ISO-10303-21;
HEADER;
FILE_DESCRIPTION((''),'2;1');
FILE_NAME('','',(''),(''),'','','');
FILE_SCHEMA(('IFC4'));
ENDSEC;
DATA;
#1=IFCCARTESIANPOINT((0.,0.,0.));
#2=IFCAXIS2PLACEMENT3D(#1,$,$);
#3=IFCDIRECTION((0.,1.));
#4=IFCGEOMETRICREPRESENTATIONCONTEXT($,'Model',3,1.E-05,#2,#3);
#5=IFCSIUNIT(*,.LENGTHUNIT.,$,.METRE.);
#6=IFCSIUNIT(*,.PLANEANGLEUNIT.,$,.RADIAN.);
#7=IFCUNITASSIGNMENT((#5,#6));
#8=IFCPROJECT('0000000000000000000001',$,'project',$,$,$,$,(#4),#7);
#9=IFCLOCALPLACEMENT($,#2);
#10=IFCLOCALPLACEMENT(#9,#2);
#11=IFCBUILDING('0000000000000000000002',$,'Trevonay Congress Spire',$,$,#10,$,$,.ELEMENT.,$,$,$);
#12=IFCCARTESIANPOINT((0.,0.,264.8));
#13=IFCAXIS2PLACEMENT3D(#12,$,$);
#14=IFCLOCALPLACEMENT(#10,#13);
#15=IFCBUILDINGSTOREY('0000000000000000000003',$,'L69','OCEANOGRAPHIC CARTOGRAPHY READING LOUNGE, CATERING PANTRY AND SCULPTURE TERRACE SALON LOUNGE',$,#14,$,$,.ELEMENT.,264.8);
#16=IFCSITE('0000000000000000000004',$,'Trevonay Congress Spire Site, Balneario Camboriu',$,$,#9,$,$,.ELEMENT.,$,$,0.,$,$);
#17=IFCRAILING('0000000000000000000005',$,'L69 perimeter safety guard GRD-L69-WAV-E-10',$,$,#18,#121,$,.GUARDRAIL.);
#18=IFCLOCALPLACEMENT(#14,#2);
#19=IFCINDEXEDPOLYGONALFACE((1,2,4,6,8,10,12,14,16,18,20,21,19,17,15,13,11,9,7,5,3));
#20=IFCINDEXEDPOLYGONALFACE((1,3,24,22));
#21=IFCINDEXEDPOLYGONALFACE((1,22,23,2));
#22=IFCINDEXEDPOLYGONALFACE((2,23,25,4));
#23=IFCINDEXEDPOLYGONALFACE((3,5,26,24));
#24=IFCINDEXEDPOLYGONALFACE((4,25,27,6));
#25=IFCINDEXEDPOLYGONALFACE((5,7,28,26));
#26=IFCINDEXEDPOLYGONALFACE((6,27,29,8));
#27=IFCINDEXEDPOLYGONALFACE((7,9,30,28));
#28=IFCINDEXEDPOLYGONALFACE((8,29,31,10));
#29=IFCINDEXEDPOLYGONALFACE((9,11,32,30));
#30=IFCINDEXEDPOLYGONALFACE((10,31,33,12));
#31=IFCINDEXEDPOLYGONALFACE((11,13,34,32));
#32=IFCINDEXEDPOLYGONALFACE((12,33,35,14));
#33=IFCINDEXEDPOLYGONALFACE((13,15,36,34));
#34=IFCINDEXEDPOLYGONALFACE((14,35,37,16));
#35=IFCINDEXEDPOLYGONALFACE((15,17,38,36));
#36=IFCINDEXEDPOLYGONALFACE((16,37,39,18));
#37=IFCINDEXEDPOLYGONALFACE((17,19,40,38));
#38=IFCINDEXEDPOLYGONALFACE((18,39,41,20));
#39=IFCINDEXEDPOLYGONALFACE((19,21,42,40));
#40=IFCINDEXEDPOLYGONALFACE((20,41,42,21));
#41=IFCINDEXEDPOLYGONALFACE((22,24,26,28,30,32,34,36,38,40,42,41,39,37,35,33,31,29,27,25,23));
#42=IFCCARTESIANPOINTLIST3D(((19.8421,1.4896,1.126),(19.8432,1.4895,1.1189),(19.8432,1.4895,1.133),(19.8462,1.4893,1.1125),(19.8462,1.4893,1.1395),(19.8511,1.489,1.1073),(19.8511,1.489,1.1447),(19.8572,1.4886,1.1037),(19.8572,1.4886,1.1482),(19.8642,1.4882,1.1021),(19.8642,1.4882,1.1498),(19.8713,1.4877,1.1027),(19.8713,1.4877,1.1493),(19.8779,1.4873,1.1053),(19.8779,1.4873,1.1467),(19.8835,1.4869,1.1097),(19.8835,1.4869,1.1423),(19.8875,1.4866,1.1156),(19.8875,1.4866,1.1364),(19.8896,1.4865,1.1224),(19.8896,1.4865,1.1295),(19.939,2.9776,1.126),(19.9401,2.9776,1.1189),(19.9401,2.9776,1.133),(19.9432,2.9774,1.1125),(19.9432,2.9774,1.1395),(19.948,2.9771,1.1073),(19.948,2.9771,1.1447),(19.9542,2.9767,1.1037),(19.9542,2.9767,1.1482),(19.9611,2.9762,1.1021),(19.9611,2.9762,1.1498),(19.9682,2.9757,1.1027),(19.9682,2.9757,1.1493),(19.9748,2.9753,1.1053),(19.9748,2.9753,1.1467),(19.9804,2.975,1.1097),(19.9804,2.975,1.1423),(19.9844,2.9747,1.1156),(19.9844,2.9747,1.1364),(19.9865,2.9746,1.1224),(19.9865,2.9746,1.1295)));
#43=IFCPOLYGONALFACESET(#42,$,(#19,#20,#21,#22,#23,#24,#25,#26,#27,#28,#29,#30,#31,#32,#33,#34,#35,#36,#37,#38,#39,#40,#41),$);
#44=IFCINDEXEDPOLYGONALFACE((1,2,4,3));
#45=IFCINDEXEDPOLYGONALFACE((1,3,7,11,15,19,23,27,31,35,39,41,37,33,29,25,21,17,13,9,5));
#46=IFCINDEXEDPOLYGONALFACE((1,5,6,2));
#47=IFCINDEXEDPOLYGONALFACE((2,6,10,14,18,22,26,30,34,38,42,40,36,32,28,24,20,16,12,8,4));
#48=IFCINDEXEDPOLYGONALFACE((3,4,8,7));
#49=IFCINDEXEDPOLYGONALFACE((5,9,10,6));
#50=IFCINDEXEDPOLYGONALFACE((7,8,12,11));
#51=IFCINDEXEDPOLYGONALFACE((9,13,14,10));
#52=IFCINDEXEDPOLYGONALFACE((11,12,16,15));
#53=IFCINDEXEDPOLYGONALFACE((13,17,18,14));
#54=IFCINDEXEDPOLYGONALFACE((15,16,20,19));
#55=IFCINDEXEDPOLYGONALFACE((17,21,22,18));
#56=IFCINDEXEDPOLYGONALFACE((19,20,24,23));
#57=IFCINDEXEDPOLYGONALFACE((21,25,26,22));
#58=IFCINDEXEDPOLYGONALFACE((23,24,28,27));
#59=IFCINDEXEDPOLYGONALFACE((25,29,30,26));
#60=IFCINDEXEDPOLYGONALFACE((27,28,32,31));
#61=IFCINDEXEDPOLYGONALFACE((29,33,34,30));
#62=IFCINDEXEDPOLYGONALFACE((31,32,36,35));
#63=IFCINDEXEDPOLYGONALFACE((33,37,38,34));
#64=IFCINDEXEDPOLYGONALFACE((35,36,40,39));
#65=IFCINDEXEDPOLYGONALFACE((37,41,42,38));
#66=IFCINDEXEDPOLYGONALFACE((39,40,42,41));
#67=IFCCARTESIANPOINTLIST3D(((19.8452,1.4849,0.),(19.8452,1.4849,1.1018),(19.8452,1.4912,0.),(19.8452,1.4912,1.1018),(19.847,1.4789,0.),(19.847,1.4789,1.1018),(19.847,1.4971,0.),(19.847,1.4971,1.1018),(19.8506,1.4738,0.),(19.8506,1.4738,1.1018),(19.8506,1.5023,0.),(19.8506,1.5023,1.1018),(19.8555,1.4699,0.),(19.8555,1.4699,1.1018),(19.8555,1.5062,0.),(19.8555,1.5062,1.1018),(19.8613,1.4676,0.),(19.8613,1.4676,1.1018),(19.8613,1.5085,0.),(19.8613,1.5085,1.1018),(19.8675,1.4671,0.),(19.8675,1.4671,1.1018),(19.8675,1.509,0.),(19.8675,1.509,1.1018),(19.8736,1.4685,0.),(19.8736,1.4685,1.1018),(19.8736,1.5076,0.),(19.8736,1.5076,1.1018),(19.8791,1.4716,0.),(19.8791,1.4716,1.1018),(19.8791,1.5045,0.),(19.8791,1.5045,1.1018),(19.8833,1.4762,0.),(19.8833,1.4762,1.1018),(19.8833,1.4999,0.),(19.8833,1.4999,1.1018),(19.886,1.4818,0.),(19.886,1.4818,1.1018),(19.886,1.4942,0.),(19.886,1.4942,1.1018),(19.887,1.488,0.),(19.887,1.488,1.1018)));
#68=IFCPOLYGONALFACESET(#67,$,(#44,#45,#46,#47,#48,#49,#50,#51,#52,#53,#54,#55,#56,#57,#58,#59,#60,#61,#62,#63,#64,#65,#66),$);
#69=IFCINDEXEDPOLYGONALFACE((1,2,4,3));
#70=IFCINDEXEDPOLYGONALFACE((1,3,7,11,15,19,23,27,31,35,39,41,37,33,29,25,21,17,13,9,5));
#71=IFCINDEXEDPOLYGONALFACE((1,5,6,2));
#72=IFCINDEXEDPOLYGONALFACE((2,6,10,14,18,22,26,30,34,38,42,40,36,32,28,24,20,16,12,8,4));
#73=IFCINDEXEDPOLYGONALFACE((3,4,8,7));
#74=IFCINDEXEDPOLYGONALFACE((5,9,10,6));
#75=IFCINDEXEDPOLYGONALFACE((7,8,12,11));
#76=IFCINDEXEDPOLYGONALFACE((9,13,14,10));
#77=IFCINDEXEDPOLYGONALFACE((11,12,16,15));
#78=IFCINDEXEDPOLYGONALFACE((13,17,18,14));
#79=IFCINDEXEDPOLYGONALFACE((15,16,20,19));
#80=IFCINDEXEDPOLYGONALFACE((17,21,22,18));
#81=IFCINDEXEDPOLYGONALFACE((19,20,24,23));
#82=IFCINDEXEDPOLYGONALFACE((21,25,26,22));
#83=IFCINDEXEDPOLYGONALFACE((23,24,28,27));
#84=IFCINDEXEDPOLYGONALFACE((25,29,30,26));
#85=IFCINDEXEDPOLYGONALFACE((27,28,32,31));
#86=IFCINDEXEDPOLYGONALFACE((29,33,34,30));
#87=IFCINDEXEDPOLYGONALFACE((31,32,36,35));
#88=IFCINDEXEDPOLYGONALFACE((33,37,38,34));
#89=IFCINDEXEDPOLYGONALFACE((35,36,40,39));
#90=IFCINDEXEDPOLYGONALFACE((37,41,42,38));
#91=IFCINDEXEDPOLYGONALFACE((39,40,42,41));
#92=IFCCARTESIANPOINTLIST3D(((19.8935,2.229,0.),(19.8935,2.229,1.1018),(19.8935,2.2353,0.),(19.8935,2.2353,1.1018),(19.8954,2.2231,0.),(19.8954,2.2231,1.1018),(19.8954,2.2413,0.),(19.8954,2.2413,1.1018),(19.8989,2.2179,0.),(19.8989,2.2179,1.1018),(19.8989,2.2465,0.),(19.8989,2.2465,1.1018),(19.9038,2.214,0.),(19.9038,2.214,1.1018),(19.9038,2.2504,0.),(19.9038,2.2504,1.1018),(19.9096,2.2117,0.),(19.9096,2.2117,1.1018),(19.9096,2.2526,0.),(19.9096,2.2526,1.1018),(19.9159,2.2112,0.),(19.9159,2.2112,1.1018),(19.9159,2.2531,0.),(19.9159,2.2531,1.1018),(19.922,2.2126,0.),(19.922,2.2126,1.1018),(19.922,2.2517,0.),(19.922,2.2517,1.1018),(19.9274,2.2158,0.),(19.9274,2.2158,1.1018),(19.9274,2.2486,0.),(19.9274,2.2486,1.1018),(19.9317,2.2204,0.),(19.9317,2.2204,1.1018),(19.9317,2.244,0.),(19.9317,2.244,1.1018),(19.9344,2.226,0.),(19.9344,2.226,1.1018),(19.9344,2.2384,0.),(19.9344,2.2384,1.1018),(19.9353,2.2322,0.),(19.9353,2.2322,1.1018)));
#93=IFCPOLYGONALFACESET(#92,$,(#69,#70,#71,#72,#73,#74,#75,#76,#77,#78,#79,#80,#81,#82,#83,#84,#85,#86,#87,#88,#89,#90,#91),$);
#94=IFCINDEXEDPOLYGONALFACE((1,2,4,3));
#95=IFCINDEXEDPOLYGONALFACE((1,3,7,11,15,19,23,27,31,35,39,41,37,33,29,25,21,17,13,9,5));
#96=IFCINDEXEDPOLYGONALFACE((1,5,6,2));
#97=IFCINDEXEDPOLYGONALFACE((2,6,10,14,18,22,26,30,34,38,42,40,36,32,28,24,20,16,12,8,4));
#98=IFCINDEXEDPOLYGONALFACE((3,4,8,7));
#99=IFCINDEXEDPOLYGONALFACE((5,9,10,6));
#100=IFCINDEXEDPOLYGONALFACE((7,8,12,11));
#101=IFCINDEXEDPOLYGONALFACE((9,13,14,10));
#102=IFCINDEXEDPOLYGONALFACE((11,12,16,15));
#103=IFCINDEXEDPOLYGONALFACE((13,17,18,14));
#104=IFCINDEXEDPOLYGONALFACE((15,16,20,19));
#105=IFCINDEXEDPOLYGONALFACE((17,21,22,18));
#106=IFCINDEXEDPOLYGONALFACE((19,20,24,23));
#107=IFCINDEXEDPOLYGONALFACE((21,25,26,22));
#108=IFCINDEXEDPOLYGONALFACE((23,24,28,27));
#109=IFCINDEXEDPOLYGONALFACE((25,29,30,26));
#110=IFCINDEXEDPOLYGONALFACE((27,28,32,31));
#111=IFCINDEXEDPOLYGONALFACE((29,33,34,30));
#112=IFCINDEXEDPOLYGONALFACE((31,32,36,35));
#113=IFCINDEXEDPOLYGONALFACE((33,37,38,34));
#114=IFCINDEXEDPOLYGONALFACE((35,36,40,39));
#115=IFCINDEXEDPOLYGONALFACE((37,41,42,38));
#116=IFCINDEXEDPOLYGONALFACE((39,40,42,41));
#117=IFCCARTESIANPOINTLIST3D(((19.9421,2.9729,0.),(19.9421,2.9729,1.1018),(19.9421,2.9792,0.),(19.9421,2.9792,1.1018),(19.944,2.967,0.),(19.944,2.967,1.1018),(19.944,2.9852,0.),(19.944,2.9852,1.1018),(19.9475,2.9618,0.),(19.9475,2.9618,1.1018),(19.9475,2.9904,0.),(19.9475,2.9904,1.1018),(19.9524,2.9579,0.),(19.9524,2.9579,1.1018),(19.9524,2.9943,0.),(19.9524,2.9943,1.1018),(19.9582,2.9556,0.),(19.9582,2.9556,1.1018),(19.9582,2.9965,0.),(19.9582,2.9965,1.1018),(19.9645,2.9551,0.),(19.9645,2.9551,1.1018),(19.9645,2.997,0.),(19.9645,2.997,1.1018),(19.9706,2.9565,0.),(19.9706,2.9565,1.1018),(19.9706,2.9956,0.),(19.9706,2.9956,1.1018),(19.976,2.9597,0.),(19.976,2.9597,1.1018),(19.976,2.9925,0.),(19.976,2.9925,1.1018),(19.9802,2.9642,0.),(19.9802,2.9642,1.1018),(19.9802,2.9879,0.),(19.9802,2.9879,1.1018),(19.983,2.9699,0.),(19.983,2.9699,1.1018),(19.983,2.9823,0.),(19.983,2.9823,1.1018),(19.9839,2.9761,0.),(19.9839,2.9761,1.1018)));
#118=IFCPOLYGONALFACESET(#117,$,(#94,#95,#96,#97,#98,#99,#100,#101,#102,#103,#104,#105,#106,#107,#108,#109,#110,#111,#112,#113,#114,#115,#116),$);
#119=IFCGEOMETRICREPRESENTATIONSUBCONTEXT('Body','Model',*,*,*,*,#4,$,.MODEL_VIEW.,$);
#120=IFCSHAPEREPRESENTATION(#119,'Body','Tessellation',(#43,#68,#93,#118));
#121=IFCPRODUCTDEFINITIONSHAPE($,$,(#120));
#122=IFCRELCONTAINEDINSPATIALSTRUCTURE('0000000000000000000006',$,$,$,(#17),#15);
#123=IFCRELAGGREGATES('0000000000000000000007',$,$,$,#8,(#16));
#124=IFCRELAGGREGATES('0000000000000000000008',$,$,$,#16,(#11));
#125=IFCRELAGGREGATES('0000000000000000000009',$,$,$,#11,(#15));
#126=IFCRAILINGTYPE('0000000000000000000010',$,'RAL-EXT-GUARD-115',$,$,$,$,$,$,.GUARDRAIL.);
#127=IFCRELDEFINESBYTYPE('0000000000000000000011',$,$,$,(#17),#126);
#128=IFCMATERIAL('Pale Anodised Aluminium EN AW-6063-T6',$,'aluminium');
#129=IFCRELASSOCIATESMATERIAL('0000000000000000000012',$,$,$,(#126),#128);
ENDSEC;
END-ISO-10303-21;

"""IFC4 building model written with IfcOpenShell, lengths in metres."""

from ifc_helpers import new_model, si_unit, direction, frame, origin, origin_2d, place, context, subcontext, project, spatial, circle, extrude, material, type_object, element, save


model = new_model("IFC4")

# Units and contexts
model_context = context("Model", 3, precision=1e-05, world=origin(), true_north=direction((0.0, 1.0)))
body_context = subcontext(model_context, "Body", "Model", "MODEL_VIEW")
ifc_project = project(units=[si_unit("LENGTHUNIT", "METRE"), si_unit("PLANEANGLEUNIT", "RADIAN")], contexts=[model_context])

# Site, building, storey
site_placement = place(None, origin())
site = spatial("IfcSite", under=ifc_project, at=site_placement, Name="Trevonay Congress Spire Site, Balneario Camboriu", CompositionType="ELEMENT", RefElevation=0.0)
building_placement = place(site_placement, origin())
building = spatial("IfcBuilding", under=site, at=building_placement, Name="Trevonay Congress Spire", CompositionType="ELEMENT")
storey_placement = place(building_placement, frame((0.0, 0.0, 264.8)))
storey = spatial("IfcBuildingStorey", under=building, at=storey_placement, Name="L69", Description="OCEANOGRAPHIC CARTOGRAPHY READING LOUNGE, CATERING PANTRY AND SCULPTURE TERRACE SALON LOUNGE", CompositionType="ELEMENT", Elevation=264.8)

# Shared definitions
ifc_material_1 = material(Name="Pale Anodised Aluminium EN AW-6063-T6", Category="aluminium")

# Railing
railing_type = type_object("IfcRailingType", Name="RAL-EXT-GUARD-115", PredefinedType="GUARDRAIL", material=ifc_material_1)
railing_1_placement = place(storey_placement, frame((19.866, 1.488, 0.0)))
element("IfcRailing", 1, at=railing_1_placement, inside=storey, type_object=railing_type, Name="L69 perimeter safety guard GRD-L69-WAV-E-10", PredefinedType="GUARDRAIL", context=body_context, shape_type="SweptSolid", body=[
    extrude(circle(Radius=0.0239, at=origin_2d()), frame((0.0, 0.0, 1.126), z_axis=(0.064998, 0.997885, 0.0), x_axis=(-0.997885, 0.064998, 0.0)), (0.0, 0.0, 1.0), 1.4912),
    extrude(circle(Radius=0.021, at=origin_2d()), origin(), (0.0, 0.0, 1.0), 1.1018),
    extrude(circle(Radius=0.021, at=origin_2d()), frame((0.0483, 0.7441, 0.0)), (0.0, 0.0, 1.0), 1.1018),
    extrude(circle(Radius=0.021, at=origin_2d()), frame((0.0969, 1.488, 0.0)), (0.0, 0.0, 1.0), 1.1018),
])

save(model, "model.ifc")
